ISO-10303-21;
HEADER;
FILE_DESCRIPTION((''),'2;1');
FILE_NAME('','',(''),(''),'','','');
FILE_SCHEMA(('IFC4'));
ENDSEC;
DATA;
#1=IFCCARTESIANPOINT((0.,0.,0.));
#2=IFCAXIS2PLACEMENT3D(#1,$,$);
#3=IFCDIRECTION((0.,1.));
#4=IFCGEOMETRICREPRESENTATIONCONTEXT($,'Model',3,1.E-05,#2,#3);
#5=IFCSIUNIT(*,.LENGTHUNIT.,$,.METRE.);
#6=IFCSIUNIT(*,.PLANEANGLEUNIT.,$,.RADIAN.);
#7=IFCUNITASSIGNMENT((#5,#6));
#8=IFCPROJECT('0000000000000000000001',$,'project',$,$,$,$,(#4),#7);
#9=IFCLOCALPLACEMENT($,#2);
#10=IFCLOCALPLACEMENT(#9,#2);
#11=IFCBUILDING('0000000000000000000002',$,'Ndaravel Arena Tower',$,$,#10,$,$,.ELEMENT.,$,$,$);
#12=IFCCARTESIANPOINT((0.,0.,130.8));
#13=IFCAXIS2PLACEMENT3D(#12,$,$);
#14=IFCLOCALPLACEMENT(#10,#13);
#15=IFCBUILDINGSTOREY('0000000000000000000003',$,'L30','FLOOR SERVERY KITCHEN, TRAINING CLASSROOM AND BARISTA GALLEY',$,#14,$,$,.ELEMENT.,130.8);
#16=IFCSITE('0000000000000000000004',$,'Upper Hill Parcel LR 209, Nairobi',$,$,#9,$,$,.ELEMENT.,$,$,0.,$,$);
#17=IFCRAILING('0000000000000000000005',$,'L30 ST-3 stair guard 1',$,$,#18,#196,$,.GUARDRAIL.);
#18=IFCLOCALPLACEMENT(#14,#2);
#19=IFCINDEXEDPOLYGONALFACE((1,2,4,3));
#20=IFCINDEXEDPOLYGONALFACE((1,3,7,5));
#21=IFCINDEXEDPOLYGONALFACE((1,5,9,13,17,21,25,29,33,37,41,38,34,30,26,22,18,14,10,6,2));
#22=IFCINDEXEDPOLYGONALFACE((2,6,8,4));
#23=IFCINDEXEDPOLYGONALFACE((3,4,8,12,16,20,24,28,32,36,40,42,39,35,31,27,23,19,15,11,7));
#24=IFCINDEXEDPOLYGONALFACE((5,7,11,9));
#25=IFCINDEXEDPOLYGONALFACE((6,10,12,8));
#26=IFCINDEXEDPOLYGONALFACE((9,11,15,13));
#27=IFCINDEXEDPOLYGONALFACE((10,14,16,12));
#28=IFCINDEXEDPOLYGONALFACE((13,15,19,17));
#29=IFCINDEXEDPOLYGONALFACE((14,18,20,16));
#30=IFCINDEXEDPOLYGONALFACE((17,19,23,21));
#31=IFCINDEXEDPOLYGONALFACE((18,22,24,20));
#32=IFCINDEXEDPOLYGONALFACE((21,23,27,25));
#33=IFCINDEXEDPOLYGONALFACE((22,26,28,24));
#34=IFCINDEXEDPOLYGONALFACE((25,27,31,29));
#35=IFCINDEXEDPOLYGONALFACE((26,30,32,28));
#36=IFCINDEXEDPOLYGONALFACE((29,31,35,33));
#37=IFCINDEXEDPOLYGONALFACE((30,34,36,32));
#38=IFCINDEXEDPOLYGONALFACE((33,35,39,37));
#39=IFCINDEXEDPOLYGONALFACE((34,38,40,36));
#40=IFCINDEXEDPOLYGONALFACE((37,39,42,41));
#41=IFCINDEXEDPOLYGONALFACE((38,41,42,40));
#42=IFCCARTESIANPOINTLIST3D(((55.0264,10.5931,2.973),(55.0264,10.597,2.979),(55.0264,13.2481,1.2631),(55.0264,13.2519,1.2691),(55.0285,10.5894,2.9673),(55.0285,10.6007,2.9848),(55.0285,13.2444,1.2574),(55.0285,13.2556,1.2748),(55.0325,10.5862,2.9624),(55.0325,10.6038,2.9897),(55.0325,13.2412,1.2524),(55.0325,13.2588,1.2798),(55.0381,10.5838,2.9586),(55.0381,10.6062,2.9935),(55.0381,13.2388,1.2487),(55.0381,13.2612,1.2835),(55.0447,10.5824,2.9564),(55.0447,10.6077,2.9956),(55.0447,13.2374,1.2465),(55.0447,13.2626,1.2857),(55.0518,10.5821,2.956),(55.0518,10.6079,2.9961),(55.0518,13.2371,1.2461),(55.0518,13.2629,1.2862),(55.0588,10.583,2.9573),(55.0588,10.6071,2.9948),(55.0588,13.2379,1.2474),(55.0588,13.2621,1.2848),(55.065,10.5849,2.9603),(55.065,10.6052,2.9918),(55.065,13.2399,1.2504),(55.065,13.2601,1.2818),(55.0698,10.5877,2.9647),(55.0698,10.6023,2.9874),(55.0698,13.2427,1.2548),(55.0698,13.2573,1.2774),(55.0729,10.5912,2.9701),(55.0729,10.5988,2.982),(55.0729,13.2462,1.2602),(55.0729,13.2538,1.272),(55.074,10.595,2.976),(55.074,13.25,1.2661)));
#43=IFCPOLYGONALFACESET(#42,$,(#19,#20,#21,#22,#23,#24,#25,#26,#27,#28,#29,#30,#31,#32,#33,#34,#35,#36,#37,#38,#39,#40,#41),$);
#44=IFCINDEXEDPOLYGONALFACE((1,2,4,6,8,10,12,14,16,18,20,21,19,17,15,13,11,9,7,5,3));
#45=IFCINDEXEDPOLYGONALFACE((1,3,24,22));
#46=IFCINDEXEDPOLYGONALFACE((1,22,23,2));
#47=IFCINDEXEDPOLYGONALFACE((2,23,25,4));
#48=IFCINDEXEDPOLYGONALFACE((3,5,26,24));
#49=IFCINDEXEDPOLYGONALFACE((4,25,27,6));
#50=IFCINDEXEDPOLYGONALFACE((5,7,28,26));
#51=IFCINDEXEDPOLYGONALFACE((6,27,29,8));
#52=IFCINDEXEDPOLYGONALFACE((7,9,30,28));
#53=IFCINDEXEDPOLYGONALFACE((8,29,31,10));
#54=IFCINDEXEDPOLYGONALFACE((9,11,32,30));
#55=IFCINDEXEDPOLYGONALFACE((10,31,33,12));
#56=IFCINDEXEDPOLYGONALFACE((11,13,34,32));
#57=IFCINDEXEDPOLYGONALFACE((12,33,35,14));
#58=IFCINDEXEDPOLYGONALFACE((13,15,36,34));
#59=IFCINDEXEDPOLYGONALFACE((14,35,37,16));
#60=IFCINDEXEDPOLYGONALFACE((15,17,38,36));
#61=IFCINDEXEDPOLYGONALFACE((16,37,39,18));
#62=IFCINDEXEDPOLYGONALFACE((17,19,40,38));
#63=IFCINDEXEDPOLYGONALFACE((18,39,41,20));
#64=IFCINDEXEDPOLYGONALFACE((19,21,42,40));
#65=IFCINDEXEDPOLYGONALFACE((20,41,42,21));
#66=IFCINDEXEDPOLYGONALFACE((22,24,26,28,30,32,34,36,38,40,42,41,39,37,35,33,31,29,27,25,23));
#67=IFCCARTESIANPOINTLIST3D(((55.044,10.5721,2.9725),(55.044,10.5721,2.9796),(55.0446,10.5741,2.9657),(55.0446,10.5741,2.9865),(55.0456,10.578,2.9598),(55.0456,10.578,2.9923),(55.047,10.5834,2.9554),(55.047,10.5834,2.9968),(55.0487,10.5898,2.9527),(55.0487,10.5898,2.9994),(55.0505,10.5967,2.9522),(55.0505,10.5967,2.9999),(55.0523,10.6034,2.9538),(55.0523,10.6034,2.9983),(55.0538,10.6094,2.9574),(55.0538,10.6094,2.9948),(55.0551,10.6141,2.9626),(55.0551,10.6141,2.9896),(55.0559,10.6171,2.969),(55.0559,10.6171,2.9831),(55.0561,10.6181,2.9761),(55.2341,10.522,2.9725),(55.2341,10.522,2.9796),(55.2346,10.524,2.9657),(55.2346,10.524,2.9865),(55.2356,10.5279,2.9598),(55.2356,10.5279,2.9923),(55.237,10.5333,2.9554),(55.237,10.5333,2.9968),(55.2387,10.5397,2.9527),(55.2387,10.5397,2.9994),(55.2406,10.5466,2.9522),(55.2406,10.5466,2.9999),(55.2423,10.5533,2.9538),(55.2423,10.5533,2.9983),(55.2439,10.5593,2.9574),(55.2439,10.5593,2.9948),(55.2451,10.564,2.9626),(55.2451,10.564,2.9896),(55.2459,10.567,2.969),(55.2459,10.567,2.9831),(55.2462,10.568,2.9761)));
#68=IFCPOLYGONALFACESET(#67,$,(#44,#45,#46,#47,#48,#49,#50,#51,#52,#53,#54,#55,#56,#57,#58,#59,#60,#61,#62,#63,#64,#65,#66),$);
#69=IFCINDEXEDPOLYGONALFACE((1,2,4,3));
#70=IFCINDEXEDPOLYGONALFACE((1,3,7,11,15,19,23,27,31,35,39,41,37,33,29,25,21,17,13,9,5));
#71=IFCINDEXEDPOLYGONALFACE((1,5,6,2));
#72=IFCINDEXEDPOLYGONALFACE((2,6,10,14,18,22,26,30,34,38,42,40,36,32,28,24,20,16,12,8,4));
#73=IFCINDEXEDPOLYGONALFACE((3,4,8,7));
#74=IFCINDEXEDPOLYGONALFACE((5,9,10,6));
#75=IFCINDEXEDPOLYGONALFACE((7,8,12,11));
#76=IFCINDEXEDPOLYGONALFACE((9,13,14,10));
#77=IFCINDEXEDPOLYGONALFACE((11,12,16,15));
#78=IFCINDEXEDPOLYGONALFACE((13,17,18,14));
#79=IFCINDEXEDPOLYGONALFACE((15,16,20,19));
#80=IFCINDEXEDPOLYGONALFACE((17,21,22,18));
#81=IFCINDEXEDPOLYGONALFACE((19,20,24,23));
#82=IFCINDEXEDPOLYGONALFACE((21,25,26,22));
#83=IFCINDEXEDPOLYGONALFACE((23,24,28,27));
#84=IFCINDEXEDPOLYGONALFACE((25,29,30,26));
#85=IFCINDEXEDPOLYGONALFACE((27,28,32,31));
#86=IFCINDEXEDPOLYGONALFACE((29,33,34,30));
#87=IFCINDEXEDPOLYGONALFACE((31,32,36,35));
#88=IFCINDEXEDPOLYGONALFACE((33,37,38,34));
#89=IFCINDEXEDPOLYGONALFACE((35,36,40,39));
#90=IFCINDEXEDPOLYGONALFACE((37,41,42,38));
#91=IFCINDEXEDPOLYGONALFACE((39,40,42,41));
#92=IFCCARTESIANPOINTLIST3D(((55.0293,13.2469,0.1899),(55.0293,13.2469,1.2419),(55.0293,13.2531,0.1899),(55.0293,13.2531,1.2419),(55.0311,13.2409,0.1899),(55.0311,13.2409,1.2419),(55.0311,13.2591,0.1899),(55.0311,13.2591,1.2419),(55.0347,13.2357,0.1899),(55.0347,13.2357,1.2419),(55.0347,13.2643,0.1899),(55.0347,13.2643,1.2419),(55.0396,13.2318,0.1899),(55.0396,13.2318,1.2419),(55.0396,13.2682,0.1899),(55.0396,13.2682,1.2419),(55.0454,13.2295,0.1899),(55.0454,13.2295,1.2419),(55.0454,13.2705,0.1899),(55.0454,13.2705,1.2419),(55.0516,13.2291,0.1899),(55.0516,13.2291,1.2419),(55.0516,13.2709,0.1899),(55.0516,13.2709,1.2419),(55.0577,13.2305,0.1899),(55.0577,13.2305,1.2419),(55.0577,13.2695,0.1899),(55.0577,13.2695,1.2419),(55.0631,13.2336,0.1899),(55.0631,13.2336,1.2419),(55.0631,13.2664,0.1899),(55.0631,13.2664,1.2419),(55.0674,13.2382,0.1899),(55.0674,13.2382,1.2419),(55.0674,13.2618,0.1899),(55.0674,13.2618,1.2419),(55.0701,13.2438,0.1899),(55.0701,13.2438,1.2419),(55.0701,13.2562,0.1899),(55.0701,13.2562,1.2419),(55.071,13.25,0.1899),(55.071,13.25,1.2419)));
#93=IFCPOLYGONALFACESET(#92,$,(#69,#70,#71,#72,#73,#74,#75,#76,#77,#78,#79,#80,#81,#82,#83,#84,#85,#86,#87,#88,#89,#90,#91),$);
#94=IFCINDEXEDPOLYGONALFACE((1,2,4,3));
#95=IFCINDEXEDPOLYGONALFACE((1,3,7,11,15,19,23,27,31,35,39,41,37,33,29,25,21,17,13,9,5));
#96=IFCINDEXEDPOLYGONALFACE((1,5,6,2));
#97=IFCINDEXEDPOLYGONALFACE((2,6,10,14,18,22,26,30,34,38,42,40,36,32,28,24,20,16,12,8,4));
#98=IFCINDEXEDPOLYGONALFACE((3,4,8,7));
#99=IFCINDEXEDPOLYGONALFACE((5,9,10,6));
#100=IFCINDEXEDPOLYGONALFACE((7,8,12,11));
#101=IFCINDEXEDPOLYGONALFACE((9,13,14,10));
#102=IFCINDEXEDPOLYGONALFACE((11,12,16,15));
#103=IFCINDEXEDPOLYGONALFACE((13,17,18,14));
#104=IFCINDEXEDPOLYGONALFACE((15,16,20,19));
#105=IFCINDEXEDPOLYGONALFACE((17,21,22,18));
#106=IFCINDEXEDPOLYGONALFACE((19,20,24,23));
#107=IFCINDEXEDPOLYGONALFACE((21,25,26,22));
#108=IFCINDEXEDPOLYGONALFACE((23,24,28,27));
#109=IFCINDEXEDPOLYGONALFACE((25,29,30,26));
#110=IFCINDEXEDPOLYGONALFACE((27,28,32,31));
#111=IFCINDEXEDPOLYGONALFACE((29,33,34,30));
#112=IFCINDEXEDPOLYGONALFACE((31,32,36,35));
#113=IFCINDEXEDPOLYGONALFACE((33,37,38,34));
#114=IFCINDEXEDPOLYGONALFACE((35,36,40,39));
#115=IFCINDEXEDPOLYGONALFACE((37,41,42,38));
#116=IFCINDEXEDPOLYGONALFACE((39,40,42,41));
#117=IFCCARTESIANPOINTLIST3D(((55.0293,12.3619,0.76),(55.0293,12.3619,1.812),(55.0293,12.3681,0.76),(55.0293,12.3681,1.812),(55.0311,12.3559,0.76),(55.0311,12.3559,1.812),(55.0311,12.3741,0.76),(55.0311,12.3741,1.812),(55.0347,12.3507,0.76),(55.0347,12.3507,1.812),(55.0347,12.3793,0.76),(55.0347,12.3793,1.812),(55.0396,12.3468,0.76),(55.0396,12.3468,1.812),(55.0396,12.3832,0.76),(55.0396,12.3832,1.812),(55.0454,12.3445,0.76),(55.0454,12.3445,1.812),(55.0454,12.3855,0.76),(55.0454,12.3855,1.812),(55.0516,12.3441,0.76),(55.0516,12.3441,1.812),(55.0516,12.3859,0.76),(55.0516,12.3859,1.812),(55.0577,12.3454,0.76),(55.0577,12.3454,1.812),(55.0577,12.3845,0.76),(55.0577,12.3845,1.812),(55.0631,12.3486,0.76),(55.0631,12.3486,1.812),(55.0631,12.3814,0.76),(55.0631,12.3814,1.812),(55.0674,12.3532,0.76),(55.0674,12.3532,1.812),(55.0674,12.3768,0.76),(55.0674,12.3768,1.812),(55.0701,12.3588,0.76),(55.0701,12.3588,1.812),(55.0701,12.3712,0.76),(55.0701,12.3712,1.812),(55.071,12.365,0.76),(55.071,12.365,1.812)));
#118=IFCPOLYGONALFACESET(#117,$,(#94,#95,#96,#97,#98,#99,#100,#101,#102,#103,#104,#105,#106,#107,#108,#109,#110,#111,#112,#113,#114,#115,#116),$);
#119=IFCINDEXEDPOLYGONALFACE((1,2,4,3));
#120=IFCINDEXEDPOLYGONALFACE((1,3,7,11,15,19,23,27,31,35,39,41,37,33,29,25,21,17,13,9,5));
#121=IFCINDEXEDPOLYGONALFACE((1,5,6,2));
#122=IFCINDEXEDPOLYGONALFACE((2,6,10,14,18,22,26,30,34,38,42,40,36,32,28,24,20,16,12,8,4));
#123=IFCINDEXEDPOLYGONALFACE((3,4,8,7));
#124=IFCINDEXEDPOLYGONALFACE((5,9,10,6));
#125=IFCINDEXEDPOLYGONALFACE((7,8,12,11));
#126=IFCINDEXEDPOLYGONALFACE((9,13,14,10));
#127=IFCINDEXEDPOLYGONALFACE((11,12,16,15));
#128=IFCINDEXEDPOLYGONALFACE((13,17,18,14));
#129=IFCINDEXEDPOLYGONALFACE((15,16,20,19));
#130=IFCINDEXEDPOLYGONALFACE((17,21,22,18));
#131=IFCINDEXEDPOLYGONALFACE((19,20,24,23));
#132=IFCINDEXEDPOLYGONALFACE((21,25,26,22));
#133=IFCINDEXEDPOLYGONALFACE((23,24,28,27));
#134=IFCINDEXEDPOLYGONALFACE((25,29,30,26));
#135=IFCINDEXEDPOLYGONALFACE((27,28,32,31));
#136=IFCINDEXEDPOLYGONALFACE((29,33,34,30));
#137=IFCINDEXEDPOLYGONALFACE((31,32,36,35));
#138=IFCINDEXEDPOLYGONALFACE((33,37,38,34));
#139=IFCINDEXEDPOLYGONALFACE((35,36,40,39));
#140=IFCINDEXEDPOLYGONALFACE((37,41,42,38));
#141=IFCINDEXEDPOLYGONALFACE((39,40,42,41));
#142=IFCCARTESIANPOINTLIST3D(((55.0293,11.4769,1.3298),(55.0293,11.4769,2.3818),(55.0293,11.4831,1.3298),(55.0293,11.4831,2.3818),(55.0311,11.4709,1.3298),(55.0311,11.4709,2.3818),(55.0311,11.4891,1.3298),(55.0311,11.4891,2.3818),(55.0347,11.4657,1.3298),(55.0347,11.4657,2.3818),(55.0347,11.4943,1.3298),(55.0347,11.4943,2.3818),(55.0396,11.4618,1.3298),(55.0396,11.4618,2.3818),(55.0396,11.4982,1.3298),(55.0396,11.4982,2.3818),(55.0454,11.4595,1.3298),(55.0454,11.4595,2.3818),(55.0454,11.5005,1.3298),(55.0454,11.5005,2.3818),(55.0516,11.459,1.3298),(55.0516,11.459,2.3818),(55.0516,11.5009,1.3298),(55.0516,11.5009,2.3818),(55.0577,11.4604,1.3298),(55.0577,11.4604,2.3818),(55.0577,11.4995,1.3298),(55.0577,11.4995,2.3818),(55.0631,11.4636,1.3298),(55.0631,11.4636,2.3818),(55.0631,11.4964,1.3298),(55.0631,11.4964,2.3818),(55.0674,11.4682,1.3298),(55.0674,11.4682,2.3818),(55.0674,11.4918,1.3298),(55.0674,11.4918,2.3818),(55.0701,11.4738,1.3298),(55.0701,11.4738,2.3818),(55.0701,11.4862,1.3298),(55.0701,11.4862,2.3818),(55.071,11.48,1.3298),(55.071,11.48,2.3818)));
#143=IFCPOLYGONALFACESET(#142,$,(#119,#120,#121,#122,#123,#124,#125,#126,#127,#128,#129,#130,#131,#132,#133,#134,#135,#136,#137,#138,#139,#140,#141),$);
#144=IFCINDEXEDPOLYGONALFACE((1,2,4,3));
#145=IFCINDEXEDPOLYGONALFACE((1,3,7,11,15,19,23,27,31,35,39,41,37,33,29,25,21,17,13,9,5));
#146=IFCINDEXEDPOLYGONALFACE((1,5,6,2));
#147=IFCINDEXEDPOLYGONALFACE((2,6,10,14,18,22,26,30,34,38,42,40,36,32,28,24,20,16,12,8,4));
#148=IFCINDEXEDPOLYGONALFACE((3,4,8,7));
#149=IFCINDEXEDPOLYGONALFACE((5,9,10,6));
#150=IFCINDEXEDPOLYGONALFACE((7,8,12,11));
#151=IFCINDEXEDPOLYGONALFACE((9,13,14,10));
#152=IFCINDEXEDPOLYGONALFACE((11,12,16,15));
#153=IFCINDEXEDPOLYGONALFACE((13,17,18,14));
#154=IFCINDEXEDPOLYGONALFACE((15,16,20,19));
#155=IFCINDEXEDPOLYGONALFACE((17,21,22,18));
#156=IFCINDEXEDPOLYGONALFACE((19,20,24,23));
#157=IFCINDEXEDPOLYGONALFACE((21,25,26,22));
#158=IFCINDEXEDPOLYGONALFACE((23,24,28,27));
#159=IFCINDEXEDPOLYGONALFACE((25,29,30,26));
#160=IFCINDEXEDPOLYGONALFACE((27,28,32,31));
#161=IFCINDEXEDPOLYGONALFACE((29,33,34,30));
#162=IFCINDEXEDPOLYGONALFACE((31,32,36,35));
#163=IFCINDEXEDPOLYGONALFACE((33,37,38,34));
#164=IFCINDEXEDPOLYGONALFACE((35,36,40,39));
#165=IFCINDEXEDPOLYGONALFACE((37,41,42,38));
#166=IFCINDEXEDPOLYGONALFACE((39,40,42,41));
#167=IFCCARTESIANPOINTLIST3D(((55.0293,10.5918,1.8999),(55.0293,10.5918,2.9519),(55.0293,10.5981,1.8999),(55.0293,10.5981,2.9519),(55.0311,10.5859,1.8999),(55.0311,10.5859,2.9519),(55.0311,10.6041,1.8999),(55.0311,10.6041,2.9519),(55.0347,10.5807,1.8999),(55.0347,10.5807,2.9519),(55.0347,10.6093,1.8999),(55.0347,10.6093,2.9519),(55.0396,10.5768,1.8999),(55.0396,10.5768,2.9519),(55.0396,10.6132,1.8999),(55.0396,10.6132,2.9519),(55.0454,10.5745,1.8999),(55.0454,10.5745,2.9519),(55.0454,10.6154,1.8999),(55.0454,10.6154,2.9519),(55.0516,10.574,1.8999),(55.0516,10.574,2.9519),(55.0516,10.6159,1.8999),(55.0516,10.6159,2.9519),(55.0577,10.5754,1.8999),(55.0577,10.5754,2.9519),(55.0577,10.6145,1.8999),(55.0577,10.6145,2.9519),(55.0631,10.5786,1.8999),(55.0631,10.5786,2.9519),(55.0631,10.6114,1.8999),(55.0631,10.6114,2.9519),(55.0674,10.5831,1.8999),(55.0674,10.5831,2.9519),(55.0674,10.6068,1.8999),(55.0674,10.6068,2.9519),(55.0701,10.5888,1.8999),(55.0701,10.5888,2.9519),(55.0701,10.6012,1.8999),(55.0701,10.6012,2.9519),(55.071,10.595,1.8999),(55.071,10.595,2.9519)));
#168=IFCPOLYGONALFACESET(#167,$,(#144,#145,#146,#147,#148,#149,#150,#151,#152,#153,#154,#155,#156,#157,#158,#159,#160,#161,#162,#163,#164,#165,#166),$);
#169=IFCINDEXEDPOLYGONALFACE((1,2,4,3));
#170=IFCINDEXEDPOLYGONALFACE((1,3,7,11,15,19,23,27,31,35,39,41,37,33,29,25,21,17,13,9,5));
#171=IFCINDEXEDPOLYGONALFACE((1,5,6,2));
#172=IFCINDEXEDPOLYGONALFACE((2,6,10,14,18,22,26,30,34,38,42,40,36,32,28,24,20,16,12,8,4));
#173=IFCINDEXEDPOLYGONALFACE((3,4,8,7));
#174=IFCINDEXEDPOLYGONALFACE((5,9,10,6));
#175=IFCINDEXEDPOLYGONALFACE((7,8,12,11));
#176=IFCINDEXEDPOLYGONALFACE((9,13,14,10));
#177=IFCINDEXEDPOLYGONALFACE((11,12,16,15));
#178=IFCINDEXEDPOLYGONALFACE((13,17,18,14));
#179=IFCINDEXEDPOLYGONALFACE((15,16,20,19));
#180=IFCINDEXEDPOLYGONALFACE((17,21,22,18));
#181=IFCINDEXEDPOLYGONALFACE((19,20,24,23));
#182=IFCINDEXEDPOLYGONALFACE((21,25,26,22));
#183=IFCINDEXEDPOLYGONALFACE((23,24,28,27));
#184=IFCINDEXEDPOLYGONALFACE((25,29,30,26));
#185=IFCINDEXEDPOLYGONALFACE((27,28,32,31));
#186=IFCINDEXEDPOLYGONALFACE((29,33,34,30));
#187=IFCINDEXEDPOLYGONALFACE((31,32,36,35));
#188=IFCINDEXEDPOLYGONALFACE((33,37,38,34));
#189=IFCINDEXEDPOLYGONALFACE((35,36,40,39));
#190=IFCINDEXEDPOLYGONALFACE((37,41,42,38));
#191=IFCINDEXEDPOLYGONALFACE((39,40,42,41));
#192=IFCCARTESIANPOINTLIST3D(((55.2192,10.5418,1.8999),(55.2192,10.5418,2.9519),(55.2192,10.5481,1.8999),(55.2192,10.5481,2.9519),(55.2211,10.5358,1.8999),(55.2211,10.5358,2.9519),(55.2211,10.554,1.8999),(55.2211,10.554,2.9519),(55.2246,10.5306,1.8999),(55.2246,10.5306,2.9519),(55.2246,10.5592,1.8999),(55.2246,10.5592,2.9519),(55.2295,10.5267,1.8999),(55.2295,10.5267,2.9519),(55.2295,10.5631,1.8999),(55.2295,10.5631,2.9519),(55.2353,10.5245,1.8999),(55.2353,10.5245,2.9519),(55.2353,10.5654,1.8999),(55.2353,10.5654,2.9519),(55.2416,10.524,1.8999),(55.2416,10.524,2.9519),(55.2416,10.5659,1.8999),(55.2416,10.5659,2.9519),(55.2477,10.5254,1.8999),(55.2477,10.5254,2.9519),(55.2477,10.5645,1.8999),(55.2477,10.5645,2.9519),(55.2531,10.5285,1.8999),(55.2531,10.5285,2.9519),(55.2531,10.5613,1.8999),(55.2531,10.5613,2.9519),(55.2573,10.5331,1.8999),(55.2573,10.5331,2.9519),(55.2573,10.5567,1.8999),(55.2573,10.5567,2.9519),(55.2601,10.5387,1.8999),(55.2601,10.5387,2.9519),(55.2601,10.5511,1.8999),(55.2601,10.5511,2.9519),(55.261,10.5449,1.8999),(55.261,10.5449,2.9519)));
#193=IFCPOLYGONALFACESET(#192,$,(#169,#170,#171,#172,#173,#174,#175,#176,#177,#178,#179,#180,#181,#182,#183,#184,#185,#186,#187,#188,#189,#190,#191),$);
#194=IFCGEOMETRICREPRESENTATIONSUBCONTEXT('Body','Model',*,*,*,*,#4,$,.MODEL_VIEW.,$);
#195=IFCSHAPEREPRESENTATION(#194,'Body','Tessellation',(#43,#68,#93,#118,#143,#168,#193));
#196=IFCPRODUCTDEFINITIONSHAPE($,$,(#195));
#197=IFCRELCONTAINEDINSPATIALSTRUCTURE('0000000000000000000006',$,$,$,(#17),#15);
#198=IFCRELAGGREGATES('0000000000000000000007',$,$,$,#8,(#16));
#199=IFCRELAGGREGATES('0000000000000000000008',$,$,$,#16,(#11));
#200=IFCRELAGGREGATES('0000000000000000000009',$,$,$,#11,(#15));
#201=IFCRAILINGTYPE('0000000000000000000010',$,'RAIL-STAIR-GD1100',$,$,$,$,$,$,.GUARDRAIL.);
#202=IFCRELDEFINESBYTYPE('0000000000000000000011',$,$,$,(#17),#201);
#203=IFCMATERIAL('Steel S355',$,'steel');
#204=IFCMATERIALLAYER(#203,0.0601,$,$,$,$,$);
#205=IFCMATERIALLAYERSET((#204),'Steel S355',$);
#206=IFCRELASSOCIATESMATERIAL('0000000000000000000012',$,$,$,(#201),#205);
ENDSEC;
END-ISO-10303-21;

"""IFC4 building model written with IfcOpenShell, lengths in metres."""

from ifc_helpers import new_model, si_unit, direction, frame, origin, origin_2d, place, context, subcontext, project, spatial, circle, extrude, material, layer, layer_set, type_object, element, save


model = new_model("IFC4")

# Units and contexts
model_context = context("Model", 3, precision=1e-05, world=origin(), true_north=direction((0.0, 1.0)))
body_context = subcontext(model_context, "Body", "Model", "MODEL_VIEW")
ifc_project = project(units=[si_unit("LENGTHUNIT", "METRE"), si_unit("PLANEANGLEUNIT", "RADIAN")], contexts=[model_context])

# Site, building, storey
site_placement = place(None, origin())
site = spatial("IfcSite", under=ifc_project, at=site_placement, Name="Upper Hill Parcel LR 209, Nairobi", CompositionType="ELEMENT", RefElevation=0.0)
building_placement = place(site_placement, origin())
building = spatial("IfcBuilding", under=site, at=building_placement, Name="Ndaravel Arena Tower", CompositionType="ELEMENT")
storey_placement = place(building_placement, frame((0.0, 0.0, 130.8)))
storey = spatial("IfcBuildingStorey", under=building, at=storey_placement, Name="L30", Description="FLOOR SERVERY KITCHEN, TRAINING CLASSROOM AND BARISTA GALLEY", CompositionType="ELEMENT", Elevation=130.8)

# Railing
ifc_material_1 = material(Name="Steel S355", Category="steel")
ifc_layer_1 = layer(ifc_material_1, 0.0601)
ifc_layer_set_1 = layer_set([ifc_layer_1], Name="Steel S355")
railing_type_1 = type_object("IfcRailingType", Name="RAIL-STAIR-GD1100", PredefinedType="GUARDRAIL", material=ifc_layer_set_1)
railing_1_placement = place(storey_placement, frame((55.05, 13.25, 0.1899)))
element("IfcRailing", 1, at=railing_1_placement, inside=storey, type_object=railing_type_1, Name="L30 ST-3 stair guard 1", PredefinedType="GUARDRAIL", context=body_context, shape_type="SweptSolid", body=[
    extrude(circle(Radius=0.0239, at=origin_2d()), frame((0.0, 0.0, 1.0762), z_axis=(0.0, -0.840724, 0.541465), x_axis=(1.0, 0.0, 0.0)), (0.0, 0.0, 1.0), 3.158),
    extrude(circle(Radius=0.0239, at=origin_2d()), frame((0.0, -2.655, 2.7861), z_axis=(0.966994, -0.254799, 0.0), x_axis=(0.254799, 0.966994, 0.0)), (0.0, 0.0, 1.0), 0.1965),
    extrude(circle(Radius=0.021, at=origin_2d()), origin(), (0.0, 0.0, 1.0), 1.052),
    extrude(circle(Radius=0.021, at=origin_2d()), frame((0.0, -0.885, 0.5701)), (0.0, 0.0, 1.0), 1.052),
    extrude(circle(Radius=0.021, at=origin_2d()), frame((0.0, -1.77, 1.1399)), (0.0, 0.0, 1.0), 1.052),
    extrude(circle(Radius=0.021, at=origin_2d()), frame((0.0, -2.655, 1.71)), (0.0, 0.0, 1.0), 1.052),
    extrude(circle(Radius=0.021, at=origin_2d()), frame((0.1899, -2.7051, 1.71)), (0.0, 0.0, 1.0), 1.052),
])

save(model, "model.ifc")
